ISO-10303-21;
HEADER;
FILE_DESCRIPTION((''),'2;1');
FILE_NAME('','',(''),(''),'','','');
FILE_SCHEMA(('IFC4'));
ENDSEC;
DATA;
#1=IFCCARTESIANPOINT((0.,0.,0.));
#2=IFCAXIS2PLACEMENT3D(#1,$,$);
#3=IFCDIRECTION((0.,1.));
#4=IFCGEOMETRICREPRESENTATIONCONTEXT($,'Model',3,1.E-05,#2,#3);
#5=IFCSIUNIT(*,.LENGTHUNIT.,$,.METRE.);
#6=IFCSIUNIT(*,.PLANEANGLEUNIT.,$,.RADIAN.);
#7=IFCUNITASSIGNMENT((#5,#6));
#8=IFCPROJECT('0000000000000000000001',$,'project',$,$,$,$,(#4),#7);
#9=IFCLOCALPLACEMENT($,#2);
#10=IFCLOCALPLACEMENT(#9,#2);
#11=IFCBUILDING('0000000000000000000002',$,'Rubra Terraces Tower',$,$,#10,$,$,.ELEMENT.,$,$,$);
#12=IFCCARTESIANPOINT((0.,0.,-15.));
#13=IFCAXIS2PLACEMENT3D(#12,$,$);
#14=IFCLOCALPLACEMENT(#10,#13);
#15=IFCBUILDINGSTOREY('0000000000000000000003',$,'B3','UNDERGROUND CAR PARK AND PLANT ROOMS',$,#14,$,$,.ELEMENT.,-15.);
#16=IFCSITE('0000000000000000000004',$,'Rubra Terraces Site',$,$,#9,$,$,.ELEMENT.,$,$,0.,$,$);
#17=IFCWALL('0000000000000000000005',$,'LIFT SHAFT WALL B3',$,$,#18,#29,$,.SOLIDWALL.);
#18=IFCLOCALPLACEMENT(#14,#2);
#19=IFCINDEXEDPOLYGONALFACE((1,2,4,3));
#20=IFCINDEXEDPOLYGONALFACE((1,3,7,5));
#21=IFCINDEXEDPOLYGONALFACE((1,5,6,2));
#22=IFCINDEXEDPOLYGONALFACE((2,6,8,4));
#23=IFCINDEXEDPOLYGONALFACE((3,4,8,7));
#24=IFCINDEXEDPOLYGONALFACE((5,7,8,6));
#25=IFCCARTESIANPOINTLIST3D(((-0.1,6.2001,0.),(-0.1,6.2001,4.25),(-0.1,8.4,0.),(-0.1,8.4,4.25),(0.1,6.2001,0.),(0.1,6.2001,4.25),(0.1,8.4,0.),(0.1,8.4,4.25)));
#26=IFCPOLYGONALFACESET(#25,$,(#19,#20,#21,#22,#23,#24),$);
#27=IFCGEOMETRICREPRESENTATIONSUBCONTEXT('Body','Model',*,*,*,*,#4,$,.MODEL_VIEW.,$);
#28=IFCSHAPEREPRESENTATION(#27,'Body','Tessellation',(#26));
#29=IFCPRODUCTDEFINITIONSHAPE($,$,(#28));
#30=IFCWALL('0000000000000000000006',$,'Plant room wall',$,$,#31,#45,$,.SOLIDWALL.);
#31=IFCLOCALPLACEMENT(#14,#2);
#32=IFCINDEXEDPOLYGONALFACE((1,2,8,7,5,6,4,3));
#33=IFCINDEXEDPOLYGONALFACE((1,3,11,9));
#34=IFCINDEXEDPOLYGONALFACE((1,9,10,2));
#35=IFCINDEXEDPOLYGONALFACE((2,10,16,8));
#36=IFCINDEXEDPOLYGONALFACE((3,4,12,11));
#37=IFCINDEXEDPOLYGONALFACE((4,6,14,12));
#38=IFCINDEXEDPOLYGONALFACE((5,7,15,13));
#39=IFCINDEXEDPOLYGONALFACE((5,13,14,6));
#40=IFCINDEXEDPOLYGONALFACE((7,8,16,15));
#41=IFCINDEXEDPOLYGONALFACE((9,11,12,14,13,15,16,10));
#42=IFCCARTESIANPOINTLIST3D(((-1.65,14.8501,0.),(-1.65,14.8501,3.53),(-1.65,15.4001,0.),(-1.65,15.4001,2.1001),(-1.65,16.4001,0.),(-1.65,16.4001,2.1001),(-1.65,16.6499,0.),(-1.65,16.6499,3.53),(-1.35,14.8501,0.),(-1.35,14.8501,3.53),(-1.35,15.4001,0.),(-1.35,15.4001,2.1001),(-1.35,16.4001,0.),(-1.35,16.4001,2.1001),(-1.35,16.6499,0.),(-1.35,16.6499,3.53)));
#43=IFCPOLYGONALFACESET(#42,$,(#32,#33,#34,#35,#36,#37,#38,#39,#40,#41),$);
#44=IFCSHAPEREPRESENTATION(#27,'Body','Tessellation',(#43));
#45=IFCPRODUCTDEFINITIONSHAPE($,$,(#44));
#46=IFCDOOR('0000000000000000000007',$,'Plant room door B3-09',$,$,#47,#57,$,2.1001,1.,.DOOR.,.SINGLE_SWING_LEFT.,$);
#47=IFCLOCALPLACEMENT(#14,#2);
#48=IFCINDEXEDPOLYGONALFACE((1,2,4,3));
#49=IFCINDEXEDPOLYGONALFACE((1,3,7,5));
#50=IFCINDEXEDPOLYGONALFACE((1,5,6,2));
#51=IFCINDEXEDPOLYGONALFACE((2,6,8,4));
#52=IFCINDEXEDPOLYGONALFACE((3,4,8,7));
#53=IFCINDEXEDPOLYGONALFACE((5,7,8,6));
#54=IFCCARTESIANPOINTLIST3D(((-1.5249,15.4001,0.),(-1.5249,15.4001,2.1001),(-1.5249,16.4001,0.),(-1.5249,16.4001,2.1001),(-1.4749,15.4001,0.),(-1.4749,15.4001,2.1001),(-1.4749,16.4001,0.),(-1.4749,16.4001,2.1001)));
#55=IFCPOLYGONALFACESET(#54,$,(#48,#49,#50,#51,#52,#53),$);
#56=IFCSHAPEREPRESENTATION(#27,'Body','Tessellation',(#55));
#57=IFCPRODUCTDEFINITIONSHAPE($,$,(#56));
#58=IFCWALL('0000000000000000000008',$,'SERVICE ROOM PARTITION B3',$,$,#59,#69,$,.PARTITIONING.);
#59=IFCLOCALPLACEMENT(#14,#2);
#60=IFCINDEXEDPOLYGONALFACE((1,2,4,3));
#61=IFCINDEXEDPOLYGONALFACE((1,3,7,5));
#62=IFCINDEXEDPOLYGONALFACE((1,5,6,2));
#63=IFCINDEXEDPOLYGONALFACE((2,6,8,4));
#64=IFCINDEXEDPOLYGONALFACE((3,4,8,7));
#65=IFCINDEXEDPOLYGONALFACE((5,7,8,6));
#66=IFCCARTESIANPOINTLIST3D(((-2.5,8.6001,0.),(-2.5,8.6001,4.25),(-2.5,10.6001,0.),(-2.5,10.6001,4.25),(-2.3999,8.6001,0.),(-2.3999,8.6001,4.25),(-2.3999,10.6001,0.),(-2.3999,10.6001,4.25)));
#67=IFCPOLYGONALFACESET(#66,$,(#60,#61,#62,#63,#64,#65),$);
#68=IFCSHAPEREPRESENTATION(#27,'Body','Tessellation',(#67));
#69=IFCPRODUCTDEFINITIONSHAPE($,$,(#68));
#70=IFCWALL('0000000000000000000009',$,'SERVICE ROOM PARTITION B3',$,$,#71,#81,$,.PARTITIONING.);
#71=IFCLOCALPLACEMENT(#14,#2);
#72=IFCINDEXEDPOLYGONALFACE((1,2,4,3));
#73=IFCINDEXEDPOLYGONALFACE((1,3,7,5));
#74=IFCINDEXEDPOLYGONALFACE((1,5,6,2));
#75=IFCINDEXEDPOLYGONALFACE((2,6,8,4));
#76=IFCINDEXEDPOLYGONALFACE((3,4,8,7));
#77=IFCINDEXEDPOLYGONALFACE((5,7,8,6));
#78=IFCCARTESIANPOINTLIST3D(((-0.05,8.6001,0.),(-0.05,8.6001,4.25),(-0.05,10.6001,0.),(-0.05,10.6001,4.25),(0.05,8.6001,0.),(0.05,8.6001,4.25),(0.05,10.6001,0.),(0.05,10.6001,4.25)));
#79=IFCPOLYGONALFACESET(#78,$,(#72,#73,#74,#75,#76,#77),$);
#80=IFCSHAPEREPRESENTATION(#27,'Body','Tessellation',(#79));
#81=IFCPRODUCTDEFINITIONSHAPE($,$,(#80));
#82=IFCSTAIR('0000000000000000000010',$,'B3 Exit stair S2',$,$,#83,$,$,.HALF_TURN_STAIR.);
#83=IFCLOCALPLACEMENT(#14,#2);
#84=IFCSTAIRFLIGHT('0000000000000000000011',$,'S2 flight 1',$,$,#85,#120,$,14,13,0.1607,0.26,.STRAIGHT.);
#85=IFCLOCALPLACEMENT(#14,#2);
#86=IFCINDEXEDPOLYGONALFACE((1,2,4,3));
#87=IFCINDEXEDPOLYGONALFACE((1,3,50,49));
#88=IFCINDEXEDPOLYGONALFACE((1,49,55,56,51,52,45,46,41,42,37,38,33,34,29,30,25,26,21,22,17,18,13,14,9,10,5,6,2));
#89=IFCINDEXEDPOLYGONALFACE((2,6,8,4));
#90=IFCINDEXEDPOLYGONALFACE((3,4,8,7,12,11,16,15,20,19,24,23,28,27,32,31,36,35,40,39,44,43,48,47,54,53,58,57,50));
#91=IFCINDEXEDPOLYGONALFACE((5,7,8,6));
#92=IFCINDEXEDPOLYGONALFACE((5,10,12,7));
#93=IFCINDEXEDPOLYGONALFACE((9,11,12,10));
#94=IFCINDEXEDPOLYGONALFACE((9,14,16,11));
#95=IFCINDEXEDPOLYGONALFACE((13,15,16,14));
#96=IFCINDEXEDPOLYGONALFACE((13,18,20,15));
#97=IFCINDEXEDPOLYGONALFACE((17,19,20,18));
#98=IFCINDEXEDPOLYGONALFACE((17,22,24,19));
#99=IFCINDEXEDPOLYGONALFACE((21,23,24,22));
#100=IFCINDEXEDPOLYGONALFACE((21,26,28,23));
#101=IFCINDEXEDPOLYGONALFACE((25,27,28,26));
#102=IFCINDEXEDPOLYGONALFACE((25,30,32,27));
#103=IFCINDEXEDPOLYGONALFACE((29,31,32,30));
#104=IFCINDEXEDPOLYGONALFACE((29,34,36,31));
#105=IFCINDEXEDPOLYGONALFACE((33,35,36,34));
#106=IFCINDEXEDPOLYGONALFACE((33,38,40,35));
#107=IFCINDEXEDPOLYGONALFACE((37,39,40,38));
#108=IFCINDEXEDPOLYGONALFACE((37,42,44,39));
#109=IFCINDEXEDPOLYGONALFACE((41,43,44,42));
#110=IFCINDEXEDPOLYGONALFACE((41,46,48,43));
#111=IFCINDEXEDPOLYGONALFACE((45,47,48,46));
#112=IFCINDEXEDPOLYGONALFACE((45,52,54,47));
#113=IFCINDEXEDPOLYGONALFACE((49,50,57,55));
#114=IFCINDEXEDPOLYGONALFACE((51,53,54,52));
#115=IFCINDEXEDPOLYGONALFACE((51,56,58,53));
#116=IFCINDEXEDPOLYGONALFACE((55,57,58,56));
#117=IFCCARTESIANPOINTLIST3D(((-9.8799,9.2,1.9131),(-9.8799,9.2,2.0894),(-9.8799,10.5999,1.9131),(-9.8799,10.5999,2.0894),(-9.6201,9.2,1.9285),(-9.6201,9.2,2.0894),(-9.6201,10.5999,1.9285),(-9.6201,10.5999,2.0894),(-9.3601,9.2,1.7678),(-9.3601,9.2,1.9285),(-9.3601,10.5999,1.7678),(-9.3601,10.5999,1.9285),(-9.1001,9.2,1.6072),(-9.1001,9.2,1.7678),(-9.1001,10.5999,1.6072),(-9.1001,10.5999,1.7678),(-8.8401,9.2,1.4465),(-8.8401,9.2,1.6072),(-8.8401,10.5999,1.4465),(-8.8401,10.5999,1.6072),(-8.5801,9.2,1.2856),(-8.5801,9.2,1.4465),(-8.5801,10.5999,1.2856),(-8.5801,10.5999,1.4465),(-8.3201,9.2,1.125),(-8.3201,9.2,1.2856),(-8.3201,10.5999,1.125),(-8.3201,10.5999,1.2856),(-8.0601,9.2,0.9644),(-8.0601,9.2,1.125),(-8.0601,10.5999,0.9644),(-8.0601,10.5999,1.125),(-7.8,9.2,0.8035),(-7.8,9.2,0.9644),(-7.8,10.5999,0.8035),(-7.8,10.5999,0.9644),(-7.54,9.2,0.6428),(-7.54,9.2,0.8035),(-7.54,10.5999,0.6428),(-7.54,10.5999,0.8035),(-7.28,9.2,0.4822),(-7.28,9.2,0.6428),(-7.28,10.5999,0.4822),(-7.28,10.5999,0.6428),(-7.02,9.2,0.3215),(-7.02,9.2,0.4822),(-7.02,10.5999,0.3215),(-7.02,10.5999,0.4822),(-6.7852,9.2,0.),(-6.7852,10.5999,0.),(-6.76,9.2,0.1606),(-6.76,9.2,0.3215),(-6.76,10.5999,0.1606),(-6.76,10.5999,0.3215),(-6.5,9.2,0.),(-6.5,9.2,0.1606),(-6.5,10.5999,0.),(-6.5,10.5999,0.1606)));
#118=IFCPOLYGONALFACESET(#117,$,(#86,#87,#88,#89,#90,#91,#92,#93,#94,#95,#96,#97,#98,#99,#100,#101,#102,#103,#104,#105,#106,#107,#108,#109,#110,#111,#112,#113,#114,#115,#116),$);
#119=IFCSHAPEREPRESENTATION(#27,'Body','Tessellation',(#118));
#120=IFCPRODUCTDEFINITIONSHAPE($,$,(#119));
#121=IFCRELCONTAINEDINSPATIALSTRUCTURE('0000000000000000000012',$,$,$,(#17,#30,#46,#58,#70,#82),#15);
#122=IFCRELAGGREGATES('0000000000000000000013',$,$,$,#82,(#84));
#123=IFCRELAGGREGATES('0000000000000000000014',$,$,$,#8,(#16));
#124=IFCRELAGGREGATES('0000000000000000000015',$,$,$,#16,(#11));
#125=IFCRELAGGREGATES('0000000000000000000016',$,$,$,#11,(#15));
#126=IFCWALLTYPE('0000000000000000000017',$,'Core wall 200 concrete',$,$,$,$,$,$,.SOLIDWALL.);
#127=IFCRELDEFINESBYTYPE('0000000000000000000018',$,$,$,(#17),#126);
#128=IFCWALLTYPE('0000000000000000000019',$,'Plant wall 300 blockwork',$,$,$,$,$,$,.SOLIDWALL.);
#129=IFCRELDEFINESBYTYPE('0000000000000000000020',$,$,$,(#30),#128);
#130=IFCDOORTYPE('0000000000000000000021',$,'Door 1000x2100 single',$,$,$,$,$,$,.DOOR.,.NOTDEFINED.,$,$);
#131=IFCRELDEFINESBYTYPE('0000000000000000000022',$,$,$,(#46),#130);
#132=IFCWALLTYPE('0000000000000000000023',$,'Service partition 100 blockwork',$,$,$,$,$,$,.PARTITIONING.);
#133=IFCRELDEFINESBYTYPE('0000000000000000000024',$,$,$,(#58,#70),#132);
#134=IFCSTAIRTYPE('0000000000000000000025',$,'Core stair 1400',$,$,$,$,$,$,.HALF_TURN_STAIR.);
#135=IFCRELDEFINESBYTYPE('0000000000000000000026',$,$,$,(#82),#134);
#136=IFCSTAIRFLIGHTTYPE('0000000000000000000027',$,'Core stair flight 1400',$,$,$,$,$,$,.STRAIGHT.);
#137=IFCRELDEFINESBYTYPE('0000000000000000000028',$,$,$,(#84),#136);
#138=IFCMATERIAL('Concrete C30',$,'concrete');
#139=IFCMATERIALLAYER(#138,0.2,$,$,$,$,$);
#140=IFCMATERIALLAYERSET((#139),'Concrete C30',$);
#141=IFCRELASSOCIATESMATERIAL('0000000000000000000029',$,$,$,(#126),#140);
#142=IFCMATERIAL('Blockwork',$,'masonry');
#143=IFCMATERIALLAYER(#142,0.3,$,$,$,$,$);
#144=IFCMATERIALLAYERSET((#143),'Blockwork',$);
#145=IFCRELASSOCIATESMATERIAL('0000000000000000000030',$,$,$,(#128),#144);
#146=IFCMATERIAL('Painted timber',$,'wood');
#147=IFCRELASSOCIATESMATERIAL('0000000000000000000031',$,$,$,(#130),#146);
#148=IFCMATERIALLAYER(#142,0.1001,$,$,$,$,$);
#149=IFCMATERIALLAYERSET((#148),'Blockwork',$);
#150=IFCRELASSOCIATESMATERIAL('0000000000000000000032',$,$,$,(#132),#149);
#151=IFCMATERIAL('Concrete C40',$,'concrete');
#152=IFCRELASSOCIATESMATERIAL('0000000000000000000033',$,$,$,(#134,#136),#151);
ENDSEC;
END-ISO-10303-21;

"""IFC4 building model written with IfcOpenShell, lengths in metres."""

from ifc_helpers import new_model, si_unit, direction, frame, frame_2d, origin, place, context, subcontext, project, spatial, polyline, rectangle, outline, extrude, material, layer, layer_set, type_object, element, fill, aggregate, save


model = new_model("IFC4")

# Units and contexts
model_context = context("Model", 3, precision=1e-05, world=origin(), true_north=direction((0.0, 1.0)))
body_context = subcontext(model_context, "Body", "Model", "MODEL_VIEW")
ifc_project = project(units=[si_unit("LENGTHUNIT", "METRE"), si_unit("PLANEANGLEUNIT", "RADIAN")], contexts=[model_context])

# Site, building, storey
site_placement = place(None, origin())
site = spatial("IfcSite", under=ifc_project, at=site_placement, Name="Rubra Terraces Site", CompositionType="ELEMENT", RefElevation=0.0)
building_placement = place(site_placement, origin())
building = spatial("IfcBuilding", under=site, at=building_placement, Name="Rubra Terraces Tower", CompositionType="ELEMENT")
storey_placement = place(building_placement, frame((0.0, 0.0, -15.0)))
storey = spatial("IfcBuildingStorey", under=building, at=storey_placement, Name="B3", Description="UNDERGROUND CAR PARK AND PLANT ROOMS", CompositionType="ELEMENT", Elevation=-15.0)

# Shared definitions
ifc_material_1 = material(Name="Concrete C40", Category="concrete")

# Shared definitions
ifc_material_2 = material(Name="Concrete C30", Category="concrete")
ifc_layer_1 = layer(ifc_material_2, 0.2)
ifc_layer_set_1 = layer_set([ifc_layer_1], Name="Concrete C30")
wall_type_1 = type_object("IfcWallType", Name="Core wall 200 concrete", PredefinedType="SOLIDWALL", material=ifc_layer_set_1)

# Wall
for number, where, z_axis, x_axis, name in (
    (1, (0.0, 6.2, 0.0), (0.0, 0.0, 1.0), (0.0, 1.0, 0.0), "LIFT SHAFT WALL B3"),
):
    element("IfcWall", number, at=place(storey_placement, frame(where, z_axis=z_axis, x_axis=x_axis)), inside=storey, type_object=wall_type_1, Name=name, PredefinedType="SOLIDWALL", context=body_context, shape_type="SweptSolid", body=[
        extrude(rectangle(XDim=2.2, YDim=0.2, at=frame_2d((1.1001, 0.0))), origin(), (0.0, 0.0, 1.0), 4.25),
    ])

# Wall, opening, door
ifc_material_3 = material(Name="Blockwork", Category="masonry")
ifc_layer_2 = layer(ifc_material_3, 0.3)
ifc_layer_set_2 = layer_set([ifc_layer_2], Name="Blockwork")
wall_type_2 = type_object("IfcWallType", Name="Plant wall 300 blockwork", PredefinedType="SOLIDWALL", material=ifc_layer_set_2)
wall_1_placement = place(storey_placement, frame((-1.5, 14.8501, 0.0), z_axis=(0.0, 0.0, 1.0), x_axis=(0.0, 1.0, 0.0)))
wall_1 = element("IfcWall", 2, at=wall_1_placement, inside=storey, type_object=wall_type_2, Name="Plant room wall", PredefinedType="SOLIDWALL", context=body_context, shape_type="SweptSolid", body=[
    extrude(rectangle(XDim=1.7998, YDim=0.3, at=frame_2d((0.8999, 0.0))), origin(), (0.0, 0.0, 1.0), 3.53),
])
opening_1_placement = place(wall_1_placement, frame((0.55, 0.0, 0.0)))
opening_1 = element("IfcOpeningElement", 3, at=opening_1_placement, cuts=wall_1, PredefinedType="OPENING", context=body_context, shape_type="SweptSolid", body=[
    extrude(rectangle(XDim=1.0, YDim=2.1001, at=frame_2d((0.5, 1.05))), frame((0.0, 0.1599, 0.0), z_axis=(0.0, -1.0, 0.0), x_axis=(1.0, 0.0, 0.0)), (0.0, 0.0, 1.0), 0.3201),
])
ifc_material_4 = material(Name="Painted timber", Category="wood")
door_type_1 = type_object("IfcDoorType", Name="Door 1000x2100 single", OperationType="NOTDEFINED", PredefinedType="DOOR", material=ifc_material_4)
door_1_placement = place(opening_1_placement, origin())
door_1 = element("IfcDoor", 4, at=door_1_placement, inside=storey, type_object=door_type_1, Name="Plant room door B3-09", OperationType="SINGLE_SWING_LEFT", OverallHeight=2.1001, OverallWidth=1.0, PredefinedType="DOOR", context=body_context, shape_type="SweptSolid", body=[
    extrude(rectangle(XDim=1.0, YDim=2.1001, at=frame_2d((0.5, 1.05))), frame((0.0, 0.0249, 0.0), z_axis=(0.0, -1.0, 0.0), x_axis=(1.0, 0.0, 0.0)), (0.0, 0.0, 1.0), 0.05),
])
fill(opening_1, door_1)

# Walls
ifc_layer_3 = layer(ifc_material_3, 0.1001)
ifc_layer_set_3 = layer_set([ifc_layer_3], Name="Blockwork")
wall_type_3 = type_object("IfcWallType", Name="Service partition 100 blockwork", PredefinedType="PARTITIONING", material=ifc_layer_set_3)
for number, where, z_axis, x_axis, name in (
    (5, (-2.45, 8.6001, 0.0), (0.0, 0.0, 1.0), (0.0, 1.0, 0.0), "SERVICE ROOM PARTITION B3"),
    (6, (0.0, 8.6001, 0.0), (0.0, 0.0, 1.0), (0.0, 1.0, 0.0), "SERVICE ROOM PARTITION B3"),
):
    element("IfcWall", number, at=place(storey_placement, frame(where, z_axis=z_axis, x_axis=x_axis)), inside=storey, type_object=wall_type_3, Name=name, PredefinedType="PARTITIONING", context=body_context, shape_type="SweptSolid", body=[
        extrude(rectangle(XDim=2.0, YDim=0.1001, at=frame_2d((1.0, 0.0))), origin(), (0.0, 0.0, 1.0), 4.25),
    ])

# Stair, stair flight
stair_type = type_object("IfcStairType", Name="Core stair 1400", PredefinedType="HALF_TURN_STAIR", material=ifc_material_1)
stair_placement = place(storey_placement, origin())
stair = element("IfcStair", 7, at=stair_placement, inside=storey, type_object=stair_type, Name="B3 Exit stair S2", PredefinedType="HALF_TURN_STAIR")
stair_flight_type = type_object("IfcStairFlightType", Name="Core stair flight 1400", PredefinedType="STRAIGHT", material=ifc_material_1)
stair_flight_placement = place(storey_placement, frame((-6.5, 9.8999, 0.0), z_axis=(0.0, 0.0, 1.0), x_axis=(-1.0, 0.0, 0.0)))
stair_flight = element("IfcStairFlight", 8, at=stair_flight_placement, type_object=stair_flight_type, Name="S2 flight 1", NumberOfRisers=14, NumberOfTreads=13, PredefinedType="STRAIGHT", RiserHeight=0.1607, TreadLength=0.26, context=body_context, shape_type="SweptSolid", body=[
    extrude(outline(polyline([(0.0, 0.0), (0.0, 0.1606), (0.26, 0.1606), (0.26, 0.3215), (0.52, 0.3215), (0.52, 0.4822), (0.78, 0.4822), (0.78, 0.6428), (1.04, 0.6428), (1.04, 0.8035), (1.3, 0.8035), (1.3, 0.9644), (1.5601, 0.9644), (1.5601, 1.125), (1.8201, 1.125), (1.8201, 1.2856), (2.0801, 1.2856), (2.0801, 1.4465), (2.3401, 1.4465), (2.3401, 1.6072), (2.6001, 1.6072), (2.6001, 1.7678), (2.8601, 1.7678), (2.8601, 1.9285), (3.1201, 1.9285), (3.1201, 2.0894), (3.3799, 2.0894), (3.3799, 2.25), (3.3799, 1.9131), (0.2852, 0.0), (0.0, 0.0)])), frame((0.0, 0.7, 0.0), z_axis=(0.0, -1.0, 0.0), x_axis=(1.0, 0.0, 0.0)), (0.0, 0.0, 1.0), 1.3999),
])
aggregate(stair, [stair_flight])

save(model, "model.ifc")
